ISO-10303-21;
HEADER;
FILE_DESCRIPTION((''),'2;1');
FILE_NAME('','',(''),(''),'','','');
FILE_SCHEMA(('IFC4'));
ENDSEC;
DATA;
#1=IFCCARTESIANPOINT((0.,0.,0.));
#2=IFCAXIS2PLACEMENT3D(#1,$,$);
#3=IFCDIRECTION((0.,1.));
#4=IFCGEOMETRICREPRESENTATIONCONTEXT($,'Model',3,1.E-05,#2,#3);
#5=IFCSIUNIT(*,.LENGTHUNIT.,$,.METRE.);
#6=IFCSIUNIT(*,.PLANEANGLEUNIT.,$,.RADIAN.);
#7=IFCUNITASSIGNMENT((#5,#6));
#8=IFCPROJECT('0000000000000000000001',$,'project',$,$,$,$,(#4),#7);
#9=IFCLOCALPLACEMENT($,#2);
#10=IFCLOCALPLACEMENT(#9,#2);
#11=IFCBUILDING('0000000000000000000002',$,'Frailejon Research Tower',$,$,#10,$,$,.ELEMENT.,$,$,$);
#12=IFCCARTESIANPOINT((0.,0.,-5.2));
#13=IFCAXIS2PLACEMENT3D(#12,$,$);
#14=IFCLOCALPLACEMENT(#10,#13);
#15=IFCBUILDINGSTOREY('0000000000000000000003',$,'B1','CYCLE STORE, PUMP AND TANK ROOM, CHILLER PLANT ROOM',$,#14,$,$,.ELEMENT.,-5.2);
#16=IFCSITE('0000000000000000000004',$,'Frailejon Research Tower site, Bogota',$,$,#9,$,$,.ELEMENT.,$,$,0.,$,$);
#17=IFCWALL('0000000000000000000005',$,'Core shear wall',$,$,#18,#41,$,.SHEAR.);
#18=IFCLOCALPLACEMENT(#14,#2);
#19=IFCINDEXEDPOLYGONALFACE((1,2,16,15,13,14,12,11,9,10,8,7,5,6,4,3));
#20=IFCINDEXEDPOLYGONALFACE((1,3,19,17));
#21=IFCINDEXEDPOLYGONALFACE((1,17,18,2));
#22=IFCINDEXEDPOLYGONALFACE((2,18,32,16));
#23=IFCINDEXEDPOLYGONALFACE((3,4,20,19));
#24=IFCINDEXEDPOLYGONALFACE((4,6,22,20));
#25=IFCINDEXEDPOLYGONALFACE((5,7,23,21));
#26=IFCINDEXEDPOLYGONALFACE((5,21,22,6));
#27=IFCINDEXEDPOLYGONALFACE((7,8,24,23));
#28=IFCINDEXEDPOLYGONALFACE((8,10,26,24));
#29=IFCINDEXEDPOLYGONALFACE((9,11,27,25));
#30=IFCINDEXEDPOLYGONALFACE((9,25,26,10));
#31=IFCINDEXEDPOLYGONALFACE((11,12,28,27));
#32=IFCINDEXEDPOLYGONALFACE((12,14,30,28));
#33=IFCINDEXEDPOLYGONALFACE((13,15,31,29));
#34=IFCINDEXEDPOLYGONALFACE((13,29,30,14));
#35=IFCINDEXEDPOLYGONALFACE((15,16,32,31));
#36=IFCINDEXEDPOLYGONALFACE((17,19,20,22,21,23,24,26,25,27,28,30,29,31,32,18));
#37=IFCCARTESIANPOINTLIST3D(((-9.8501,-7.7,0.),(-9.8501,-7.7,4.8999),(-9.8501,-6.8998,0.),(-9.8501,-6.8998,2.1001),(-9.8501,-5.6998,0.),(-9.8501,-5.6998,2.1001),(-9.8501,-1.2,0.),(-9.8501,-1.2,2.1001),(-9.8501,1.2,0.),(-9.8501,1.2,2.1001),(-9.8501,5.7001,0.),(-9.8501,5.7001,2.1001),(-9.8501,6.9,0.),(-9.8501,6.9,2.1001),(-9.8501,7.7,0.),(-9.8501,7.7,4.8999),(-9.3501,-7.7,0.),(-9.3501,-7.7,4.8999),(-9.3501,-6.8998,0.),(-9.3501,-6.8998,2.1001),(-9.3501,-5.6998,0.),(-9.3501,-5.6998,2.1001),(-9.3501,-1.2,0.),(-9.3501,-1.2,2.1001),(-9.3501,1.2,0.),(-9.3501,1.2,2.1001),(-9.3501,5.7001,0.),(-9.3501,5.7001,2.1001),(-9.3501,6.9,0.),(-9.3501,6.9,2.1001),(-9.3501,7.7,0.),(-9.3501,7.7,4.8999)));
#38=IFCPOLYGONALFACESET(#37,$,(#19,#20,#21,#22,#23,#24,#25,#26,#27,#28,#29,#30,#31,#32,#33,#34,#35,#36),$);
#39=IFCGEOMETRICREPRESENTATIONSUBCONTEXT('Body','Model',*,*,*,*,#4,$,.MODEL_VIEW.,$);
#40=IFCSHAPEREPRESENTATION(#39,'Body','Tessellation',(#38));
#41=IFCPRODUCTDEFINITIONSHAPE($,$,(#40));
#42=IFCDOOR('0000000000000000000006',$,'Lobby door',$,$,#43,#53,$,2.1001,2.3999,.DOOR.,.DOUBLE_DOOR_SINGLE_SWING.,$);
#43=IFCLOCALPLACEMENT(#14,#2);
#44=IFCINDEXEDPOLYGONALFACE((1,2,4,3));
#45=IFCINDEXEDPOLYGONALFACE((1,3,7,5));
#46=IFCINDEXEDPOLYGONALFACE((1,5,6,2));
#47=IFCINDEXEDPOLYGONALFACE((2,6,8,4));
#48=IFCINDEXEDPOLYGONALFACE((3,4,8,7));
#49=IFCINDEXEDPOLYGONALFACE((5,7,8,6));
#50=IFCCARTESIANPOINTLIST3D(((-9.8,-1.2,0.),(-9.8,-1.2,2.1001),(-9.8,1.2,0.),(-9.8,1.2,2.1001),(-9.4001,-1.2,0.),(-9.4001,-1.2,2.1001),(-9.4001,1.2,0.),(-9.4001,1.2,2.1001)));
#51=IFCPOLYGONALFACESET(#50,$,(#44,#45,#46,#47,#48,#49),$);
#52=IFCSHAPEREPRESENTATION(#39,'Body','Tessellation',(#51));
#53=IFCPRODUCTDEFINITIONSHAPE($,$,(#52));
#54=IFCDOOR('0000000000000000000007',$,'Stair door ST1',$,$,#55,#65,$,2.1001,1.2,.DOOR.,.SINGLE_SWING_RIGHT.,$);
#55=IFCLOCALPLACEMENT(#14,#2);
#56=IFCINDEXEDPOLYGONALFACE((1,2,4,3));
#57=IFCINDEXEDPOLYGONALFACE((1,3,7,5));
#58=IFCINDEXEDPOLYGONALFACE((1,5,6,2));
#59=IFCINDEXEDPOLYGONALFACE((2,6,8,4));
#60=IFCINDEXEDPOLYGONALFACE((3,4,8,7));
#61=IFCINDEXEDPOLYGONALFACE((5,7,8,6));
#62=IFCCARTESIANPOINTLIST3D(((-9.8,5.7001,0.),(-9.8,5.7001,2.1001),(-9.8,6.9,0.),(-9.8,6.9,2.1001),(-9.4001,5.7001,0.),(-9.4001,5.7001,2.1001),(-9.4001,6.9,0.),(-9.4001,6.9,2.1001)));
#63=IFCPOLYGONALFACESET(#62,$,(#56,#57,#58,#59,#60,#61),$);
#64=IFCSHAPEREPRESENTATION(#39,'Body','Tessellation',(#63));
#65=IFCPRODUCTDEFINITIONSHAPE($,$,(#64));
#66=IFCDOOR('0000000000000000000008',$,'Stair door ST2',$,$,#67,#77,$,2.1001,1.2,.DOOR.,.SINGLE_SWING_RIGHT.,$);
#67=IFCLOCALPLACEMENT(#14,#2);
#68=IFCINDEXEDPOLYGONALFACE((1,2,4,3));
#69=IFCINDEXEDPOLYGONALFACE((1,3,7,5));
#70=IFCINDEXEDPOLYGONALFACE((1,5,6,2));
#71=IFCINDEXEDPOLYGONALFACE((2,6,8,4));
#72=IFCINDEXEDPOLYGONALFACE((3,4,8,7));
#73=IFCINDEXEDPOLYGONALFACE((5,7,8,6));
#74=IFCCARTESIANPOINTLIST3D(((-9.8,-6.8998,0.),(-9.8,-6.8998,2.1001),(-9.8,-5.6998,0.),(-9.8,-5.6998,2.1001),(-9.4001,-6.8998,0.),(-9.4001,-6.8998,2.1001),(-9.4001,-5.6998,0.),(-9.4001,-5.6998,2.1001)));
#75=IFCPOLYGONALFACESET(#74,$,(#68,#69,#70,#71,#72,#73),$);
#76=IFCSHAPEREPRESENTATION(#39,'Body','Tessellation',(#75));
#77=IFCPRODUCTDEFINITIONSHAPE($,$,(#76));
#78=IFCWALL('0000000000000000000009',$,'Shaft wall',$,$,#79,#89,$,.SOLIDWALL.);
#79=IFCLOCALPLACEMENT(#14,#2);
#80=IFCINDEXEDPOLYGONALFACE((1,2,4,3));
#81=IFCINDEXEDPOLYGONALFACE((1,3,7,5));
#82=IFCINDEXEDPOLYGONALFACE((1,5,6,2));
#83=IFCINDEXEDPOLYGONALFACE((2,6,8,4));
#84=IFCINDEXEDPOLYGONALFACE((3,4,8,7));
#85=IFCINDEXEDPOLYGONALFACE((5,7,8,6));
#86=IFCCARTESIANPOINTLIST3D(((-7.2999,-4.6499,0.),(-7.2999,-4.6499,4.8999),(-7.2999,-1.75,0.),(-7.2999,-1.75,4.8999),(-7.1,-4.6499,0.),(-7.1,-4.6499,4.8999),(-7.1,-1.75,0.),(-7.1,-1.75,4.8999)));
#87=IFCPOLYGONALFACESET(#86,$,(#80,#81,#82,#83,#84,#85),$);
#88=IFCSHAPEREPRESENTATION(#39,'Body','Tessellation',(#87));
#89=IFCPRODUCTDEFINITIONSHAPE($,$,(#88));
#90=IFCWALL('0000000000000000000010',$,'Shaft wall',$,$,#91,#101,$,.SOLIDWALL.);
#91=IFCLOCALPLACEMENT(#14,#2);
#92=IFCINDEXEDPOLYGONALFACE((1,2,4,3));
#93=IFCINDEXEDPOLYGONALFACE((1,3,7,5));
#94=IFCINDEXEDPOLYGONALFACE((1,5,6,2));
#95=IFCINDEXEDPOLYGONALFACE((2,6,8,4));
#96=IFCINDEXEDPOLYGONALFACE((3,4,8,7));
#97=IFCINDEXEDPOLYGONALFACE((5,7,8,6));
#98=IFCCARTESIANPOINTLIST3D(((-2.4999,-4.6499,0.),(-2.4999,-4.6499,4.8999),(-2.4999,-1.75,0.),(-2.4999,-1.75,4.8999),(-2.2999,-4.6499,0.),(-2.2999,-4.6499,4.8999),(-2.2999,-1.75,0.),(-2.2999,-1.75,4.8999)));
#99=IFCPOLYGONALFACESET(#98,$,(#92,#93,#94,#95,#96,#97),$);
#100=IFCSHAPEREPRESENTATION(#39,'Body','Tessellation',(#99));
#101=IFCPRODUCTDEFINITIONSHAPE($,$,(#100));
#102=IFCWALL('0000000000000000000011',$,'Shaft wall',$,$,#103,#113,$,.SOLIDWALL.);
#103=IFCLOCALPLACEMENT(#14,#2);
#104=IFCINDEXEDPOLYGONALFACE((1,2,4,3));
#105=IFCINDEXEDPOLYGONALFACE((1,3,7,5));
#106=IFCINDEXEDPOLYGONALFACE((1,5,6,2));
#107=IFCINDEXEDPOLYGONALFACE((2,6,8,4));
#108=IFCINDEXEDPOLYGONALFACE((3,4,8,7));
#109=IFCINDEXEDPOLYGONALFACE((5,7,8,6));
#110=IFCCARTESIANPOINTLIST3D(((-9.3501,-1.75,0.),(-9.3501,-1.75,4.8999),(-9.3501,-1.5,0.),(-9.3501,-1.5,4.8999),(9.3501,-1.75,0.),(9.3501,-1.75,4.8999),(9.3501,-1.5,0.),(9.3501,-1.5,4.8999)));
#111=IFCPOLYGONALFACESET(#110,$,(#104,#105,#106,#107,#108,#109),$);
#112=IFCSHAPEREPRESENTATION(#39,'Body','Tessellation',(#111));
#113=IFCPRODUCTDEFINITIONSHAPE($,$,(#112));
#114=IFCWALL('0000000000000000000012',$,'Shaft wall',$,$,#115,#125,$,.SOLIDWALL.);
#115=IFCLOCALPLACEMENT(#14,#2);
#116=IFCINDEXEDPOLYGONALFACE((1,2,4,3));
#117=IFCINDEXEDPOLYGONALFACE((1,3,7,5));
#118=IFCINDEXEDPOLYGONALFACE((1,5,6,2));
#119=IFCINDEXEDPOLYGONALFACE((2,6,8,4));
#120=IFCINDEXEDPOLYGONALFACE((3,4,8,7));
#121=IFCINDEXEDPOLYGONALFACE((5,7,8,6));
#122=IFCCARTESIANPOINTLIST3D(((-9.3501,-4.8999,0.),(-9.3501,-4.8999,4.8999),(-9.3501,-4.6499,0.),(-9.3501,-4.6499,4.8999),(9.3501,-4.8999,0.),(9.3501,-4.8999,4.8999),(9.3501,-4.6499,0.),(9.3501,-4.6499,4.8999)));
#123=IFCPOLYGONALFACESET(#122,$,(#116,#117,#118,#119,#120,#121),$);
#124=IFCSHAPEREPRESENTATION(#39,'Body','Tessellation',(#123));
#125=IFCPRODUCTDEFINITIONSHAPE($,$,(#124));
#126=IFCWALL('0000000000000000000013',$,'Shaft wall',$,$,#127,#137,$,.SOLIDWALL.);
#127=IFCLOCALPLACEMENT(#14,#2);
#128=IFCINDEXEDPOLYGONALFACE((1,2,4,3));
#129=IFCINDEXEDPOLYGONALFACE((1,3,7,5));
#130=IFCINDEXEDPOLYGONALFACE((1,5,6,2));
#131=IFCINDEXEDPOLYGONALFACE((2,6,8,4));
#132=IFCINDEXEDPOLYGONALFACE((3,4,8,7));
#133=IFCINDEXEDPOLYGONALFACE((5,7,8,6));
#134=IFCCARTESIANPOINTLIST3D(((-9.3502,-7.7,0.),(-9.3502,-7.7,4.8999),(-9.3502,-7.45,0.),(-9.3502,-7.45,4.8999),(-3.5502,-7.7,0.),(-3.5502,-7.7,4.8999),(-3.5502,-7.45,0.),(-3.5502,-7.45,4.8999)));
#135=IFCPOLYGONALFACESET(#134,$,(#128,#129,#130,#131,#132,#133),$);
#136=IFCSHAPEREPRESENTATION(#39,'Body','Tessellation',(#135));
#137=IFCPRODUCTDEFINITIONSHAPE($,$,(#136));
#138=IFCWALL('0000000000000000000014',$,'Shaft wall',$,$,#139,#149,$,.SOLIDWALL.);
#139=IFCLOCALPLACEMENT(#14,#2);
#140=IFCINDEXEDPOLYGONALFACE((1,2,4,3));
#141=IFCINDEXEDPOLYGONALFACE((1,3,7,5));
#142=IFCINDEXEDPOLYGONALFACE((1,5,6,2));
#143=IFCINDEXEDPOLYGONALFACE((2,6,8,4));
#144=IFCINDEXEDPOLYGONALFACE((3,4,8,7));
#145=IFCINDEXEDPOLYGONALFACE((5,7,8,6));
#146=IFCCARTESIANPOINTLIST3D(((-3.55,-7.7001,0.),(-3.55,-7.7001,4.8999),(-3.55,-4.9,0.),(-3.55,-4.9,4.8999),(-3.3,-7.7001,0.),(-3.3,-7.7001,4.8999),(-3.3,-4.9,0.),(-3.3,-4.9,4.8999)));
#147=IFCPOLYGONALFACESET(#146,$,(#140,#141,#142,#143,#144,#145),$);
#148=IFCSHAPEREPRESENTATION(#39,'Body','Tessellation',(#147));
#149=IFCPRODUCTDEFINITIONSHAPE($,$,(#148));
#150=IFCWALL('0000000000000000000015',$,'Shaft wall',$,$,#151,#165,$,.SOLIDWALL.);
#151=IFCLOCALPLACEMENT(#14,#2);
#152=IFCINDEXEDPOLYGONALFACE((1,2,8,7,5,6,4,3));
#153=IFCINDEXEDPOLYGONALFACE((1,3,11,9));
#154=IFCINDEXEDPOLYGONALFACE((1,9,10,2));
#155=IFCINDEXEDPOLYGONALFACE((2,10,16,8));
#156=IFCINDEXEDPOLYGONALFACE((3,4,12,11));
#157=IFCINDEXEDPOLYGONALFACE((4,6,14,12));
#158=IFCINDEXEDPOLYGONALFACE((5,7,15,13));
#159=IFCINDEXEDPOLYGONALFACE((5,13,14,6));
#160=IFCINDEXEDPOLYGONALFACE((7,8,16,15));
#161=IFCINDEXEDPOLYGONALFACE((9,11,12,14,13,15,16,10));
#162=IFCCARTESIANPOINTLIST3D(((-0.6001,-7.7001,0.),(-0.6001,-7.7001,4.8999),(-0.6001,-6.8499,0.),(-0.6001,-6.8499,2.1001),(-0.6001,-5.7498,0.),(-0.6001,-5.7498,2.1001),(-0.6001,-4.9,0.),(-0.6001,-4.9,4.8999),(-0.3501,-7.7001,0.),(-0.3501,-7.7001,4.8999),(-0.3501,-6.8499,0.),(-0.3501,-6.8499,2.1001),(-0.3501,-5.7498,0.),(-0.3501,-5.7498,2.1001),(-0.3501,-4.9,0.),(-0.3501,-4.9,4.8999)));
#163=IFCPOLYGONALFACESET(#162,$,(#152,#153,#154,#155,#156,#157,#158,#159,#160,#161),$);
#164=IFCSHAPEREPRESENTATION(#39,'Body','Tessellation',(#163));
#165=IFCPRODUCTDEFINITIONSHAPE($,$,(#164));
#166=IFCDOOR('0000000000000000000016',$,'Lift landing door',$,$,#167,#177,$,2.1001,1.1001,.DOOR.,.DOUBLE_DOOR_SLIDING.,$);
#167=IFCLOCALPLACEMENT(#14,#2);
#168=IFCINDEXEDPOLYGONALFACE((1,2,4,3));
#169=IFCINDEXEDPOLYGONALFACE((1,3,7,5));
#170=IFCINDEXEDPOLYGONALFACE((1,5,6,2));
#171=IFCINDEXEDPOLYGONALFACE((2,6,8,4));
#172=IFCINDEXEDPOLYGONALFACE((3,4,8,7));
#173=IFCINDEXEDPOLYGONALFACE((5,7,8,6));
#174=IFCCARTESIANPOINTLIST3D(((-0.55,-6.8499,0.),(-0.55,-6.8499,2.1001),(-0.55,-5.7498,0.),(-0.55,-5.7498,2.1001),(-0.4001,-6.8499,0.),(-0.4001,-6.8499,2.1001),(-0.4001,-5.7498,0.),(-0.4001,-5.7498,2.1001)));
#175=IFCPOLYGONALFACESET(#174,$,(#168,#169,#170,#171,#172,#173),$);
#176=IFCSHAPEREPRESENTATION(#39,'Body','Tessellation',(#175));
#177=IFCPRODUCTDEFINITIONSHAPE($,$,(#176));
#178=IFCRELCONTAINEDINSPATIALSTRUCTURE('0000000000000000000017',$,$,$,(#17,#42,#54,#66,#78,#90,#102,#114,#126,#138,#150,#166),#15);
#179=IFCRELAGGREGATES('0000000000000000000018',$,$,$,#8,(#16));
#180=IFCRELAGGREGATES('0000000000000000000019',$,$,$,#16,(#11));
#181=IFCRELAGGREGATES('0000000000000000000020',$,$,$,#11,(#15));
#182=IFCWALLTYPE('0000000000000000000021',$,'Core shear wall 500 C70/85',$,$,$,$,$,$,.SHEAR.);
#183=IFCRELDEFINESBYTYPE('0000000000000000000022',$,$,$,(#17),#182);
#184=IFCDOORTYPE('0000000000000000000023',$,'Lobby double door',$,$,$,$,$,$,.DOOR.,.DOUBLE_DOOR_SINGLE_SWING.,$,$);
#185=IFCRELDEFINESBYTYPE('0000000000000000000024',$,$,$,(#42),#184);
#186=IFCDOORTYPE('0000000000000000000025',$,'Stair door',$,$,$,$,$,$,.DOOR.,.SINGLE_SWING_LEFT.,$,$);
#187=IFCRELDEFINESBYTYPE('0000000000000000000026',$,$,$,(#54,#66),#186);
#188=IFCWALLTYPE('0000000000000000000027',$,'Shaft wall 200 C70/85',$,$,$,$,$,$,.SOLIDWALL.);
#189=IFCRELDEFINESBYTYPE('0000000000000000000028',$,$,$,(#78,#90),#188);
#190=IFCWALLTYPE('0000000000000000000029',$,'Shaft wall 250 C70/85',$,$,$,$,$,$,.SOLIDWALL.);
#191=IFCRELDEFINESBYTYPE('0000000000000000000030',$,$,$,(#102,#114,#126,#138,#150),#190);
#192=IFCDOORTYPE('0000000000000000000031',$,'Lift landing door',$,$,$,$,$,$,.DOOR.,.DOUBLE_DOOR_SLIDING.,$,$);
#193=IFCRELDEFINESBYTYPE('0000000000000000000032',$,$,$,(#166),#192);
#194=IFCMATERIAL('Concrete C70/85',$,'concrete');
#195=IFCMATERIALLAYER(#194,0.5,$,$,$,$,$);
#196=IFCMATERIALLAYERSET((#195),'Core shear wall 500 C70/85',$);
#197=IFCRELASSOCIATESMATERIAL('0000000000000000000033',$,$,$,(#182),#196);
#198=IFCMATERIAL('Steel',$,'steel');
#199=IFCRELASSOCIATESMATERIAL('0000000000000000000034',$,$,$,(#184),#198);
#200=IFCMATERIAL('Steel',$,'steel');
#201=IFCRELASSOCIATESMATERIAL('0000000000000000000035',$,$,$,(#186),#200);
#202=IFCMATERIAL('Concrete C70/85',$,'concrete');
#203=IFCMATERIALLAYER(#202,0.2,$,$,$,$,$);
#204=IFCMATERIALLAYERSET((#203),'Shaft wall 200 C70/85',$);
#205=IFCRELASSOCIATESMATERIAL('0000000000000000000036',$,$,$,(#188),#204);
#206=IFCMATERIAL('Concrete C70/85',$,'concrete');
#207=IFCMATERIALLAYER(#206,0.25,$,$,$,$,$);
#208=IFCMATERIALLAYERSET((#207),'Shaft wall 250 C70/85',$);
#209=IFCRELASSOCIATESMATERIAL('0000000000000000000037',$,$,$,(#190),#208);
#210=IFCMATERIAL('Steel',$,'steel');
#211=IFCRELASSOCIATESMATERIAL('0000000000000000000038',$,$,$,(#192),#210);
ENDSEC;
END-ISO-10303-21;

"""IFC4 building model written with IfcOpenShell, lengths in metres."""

from ifc_helpers import new_model, si_unit, direction, frame, frame_2d, origin, place, context, subcontext, project, spatial, rectangle, extrude, material, layer, layer_set, type_object, element, fill, save


model = new_model("IFC4")

# Units and contexts
model_context = context("Model", 3, precision=1e-05, world=origin(), true_north=direction((0.0, 1.0)))
body_context = subcontext(model_context, "Body", "Model", "MODEL_VIEW")
ifc_project = project(units=[si_unit("LENGTHUNIT", "METRE"), si_unit("PLANEANGLEUNIT", "RADIAN")], contexts=[model_context])

# Site, building, storey
site_placement = place(None, origin())
site = spatial("IfcSite", under=ifc_project, at=site_placement, Name="Frailejon Research Tower site, Bogota", CompositionType="ELEMENT", RefElevation=0.0)
building_placement = place(site_placement, origin())
building = spatial("IfcBuilding", under=site, at=building_placement, Name="Frailejon Research Tower", CompositionType="ELEMENT")
storey_placement = place(building_placement, frame((0.0, 0.0, -5.2)))
storey = spatial("IfcBuildingStorey", under=building, at=storey_placement, Name="B1", Description="CYCLE STORE, PUMP AND TANK ROOM, CHILLER PLANT ROOM", CompositionType="ELEMENT", Elevation=-5.2)

# Wall, openings, doors
ifc_material_1 = material(Name="Concrete C70/85", Category="concrete")
ifc_layer_1 = layer(ifc_material_1, 0.5)
ifc_layer_set_1 = layer_set([ifc_layer_1], Name="Core shear wall 500 C70/85")
wall_type_1 = type_object("IfcWallType", Name="Core shear wall 500 C70/85", PredefinedType="SHEAR", material=ifc_layer_set_1)
wall_1_placement = place(storey_placement, frame((-9.6001, -7.7, 0.0), z_axis=(0.0, 0.0, 1.0), x_axis=(0.0, 1.0, 0.0)))
wall_1 = element("IfcWall", 1, at=wall_1_placement, inside=storey, type_object=wall_type_1, Name="Core shear wall", PredefinedType="SHEAR", context=body_context, shape_type="SweptSolid", body=[
    extrude(rectangle(XDim=15.3999, YDim=0.5, at=frame_2d((7.7, 0.0))), origin(), (0.0, 0.0, 1.0), 4.8999),
])
opening_1_placement = place(wall_1_placement, frame((6.5, 0.0, 0.0)))
opening_1 = element("IfcOpeningElement", 2, at=opening_1_placement, cuts=wall_1, PredefinedType="OPENING", context=body_context, shape_type="SweptSolid", body=[
    extrude(rectangle(XDim=2.3999, YDim=2.1001, at=frame_2d((1.2, 1.05))), frame((0.0, 0.26, 0.0), z_axis=(0.0, -1.0, 0.0), x_axis=(1.0, 0.0, 0.0)), (0.0, 0.0, 1.0), 0.52),
])
opening_2_placement = place(wall_1_placement, frame((13.3999, 0.0, 0.0)))
opening_2 = element("IfcOpeningElement", 3, at=opening_2_placement, cuts=wall_1, PredefinedType="OPENING", context=body_context, shape_type="SweptSolid", body=[
    extrude(rectangle(XDim=1.2, YDim=2.1001, at=frame_2d((0.6001, 1.05))), frame((0.0, 0.26, 0.0), z_axis=(0.0, -1.0, 0.0), x_axis=(1.0, 0.0, 0.0)), (0.0, 0.0, 1.0), 0.52),
])
opening_3_placement = place(wall_1_placement, frame((0.8, 0.0, 0.0)))
opening_3 = element("IfcOpeningElement", 4, at=opening_3_placement, cuts=wall_1, PredefinedType="OPENING", context=body_context, shape_type="SweptSolid", body=[
    extrude(rectangle(XDim=1.2, YDim=2.1001, at=frame_2d((0.6001, 1.05))), frame((0.0, 0.26, 0.0), z_axis=(0.0, -1.0, 0.0), x_axis=(1.0, 0.0, 0.0)), (0.0, 0.0, 1.0), 0.52),
])
ifc_material_2 = material(Name="Steel", Category="steel")
door_type_1 = type_object("IfcDoorType", Name="Lobby double door", OperationType="DOUBLE_DOOR_SINGLE_SWING", PredefinedType="DOOR", material=ifc_material_2)
door_1_placement = place(opening_1_placement, origin())
door_1 = element("IfcDoor", 5, at=door_1_placement, inside=storey, type_object=door_type_1, Name="Lobby door", OperationType="DOUBLE_DOOR_SINGLE_SWING", OverallHeight=2.1001, OverallWidth=2.3999, PredefinedType="DOOR", context=body_context, shape_type="SweptSolid", body=[
    extrude(rectangle(XDim=2.3999, YDim=2.1001, at=frame_2d((1.2, 1.05))), frame((0.0, 0.2, 0.0), z_axis=(0.0, -1.0, 0.0), x_axis=(1.0, 0.0, 0.0)), (0.0, 0.0, 1.0), 0.3999),
])
fill(opening_1, door_1)
ifc_material_3 = material(Name="Steel", Category="steel")
door_type_2 = type_object("IfcDoorType", Name="Stair door", OperationType="SINGLE_SWING_LEFT", PredefinedType="DOOR", material=ifc_material_3)
door_2_placement = place(opening_2_placement, origin())
door_2 = element("IfcDoor", 6, at=door_2_placement, inside=storey, type_object=door_type_2, Name="Stair door ST1", OperationType="SINGLE_SWING_RIGHT", OverallHeight=2.1001, OverallWidth=1.2, PredefinedType="DOOR", context=body_context, shape_type="SweptSolid", body=[
    extrude(rectangle(XDim=1.2, YDim=2.1001, at=frame_2d((0.6001, 1.05))), frame((0.0, 0.2, 0.0), z_axis=(0.0, -1.0, 0.0), x_axis=(1.0, 0.0, 0.0)), (0.0, 0.0, 1.0), 0.3999),
])
fill(opening_2, door_2)
door_3_placement = place(opening_3_placement, origin())
door_3 = element("IfcDoor", 7, at=door_3_placement, inside=storey, type_object=door_type_2, Name="Stair door ST2", OperationType="SINGLE_SWING_RIGHT", OverallHeight=2.1001, OverallWidth=1.2, PredefinedType="DOOR", context=body_context, shape_type="SweptSolid", body=[
    extrude(rectangle(XDim=1.2, YDim=2.1001, at=frame_2d((0.6001, 1.05))), frame((0.0, 0.2, 0.0), z_axis=(0.0, -1.0, 0.0), x_axis=(1.0, 0.0, 0.0)), (0.0, 0.0, 1.0), 0.3999),
])
fill(opening_3, door_3)

# Walls
ifc_material_4 = material(Name="Concrete C70/85", Category="concrete")
ifc_layer_2 = layer(ifc_material_4, 0.2)
ifc_layer_set_2 = layer_set([ifc_layer_2], Name="Shaft wall 200 C70/85")
wall_type_2 = type_object("IfcWallType", Name="Shaft wall 200 C70/85", PredefinedType="SOLIDWALL", material=ifc_layer_set_2)
for number, where, z_axis, x_axis, name in (
    (8, (-7.2, -4.6499, 0.0), (0.0, 0.0, 1.0), (0.0, 1.0, 0.0), "Shaft wall"),
    (9, (-2.3999, -4.6499, 0.0), (0.0, 0.0, 1.0), (0.0, 1.0, 0.0), "Shaft wall"),
):
    element("IfcWall", number, at=place(storey_placement, frame(where, z_axis=z_axis, x_axis=x_axis)), inside=storey, type_object=wall_type_2, Name=name, PredefinedType="SOLIDWALL", context=body_context, shape_type="SweptSolid", body=[
        extrude(rectangle(XDim=2.8999, YDim=0.2, at=frame_2d((1.45, 0.0))), origin(), (0.0, 0.0, 1.0), 4.8999),
    ])
ifc_material_5 = material(Name="Concrete C70/85", Category="concrete")
ifc_layer_3 = layer(ifc_material_5, 0.25)
ifc_layer_set_3 = layer_set([ifc_layer_3], Name="Shaft wall 250 C70/85")
wall_type_3 = type_object("IfcWallType", Name="Shaft wall 250 C70/85", PredefinedType="SOLIDWALL", material=ifc_layer_set_3)
for number, where, z_axis, x_axis, name in (
    (10, (-9.3501, -1.625, 0.0), (0.0, 0.0, 1.0), (1.0, 0.0, 0.0), "Shaft wall"),
    (11, (-9.3501, -4.7749, 0.0), (0.0, 0.0, 1.0), (1.0, 0.0, 0.0), "Shaft wall"),
):
    element("IfcWall", number, at=place(storey_placement, frame(where, z_axis=z_axis, x_axis=x_axis)), inside=storey, type_object=wall_type_3, Name=name, PredefinedType="SOLIDWALL", context=body_context, shape_type="SweptSolid", body=[
        extrude(rectangle(XDim=18.7002, YDim=0.25, at=frame_2d((9.3501, 0.0))), origin(), (0.0, 0.0, 1.0), 4.8999),
    ])
wall_2_placement = place(storey_placement, frame((-9.3501, -7.575, 0.0), z_axis=(0.0, 0.0, 1.0), x_axis=(1.0, 0.0, 0.0)))
element("IfcWall", 12, at=wall_2_placement, inside=storey, type_object=wall_type_3, Name="Shaft wall", PredefinedType="SOLIDWALL", context=body_context, shape_type="SweptSolid", body=[
    extrude(rectangle(XDim=5.8, YDim=0.25, at=frame_2d((2.8999, 0.0))), origin(), (0.0, 0.0, 1.0), 4.8999),
])
wall_3_placement = place(storey_placement, frame((-3.425, -7.7, 0.0), z_axis=(0.0, 0.0, 1.0), x_axis=(0.0, 1.0, 0.0)))
element("IfcWall", 13, at=wall_3_placement, inside=storey, type_object=wall_type_3, Name="Shaft wall", PredefinedType="SOLIDWALL", context=body_context, shape_type="SweptSolid", body=[
    extrude(rectangle(XDim=2.8, YDim=0.25, at=frame_2d((1.3999, 0.0))), origin(), (0.0, 0.0, 1.0), 4.8999),
])

# Wall, opening, door
wall_4_placement = place(storey_placement, frame((-0.4751, -7.7, 0.0), z_axis=(0.0, 0.0, 1.0), x_axis=(0.0, 1.0, 0.0)))
wall_4 = element("IfcWall", 14, at=wall_4_placement, inside=storey, type_object=wall_type_3, Name="Shaft wall", PredefinedType="SOLIDWALL", context=body_context, shape_type="SweptSolid", body=[
    extrude(rectangle(XDim=2.8, YDim=0.25, at=frame_2d((1.3999, 0.0))), origin(), (0.0, 0.0, 1.0), 4.8999),
])
opening_4_placement = place(wall_4_placement, frame((0.8501, 0.0, 0.0)))
opening_4 = element("IfcOpeningElement", 15, at=opening_4_placement, cuts=wall_4, PredefinedType="OPENING", context=body_context, shape_type="SweptSolid", body=[
    extrude(rectangle(XDim=1.1001, YDim=2.1001, at=frame_2d((0.55, 1.05))), frame((0.0, 0.135, 0.0), z_axis=(0.0, -1.0, 0.0), x_axis=(1.0, 0.0, 0.0)), (0.0, 0.0, 1.0), 0.27),
])
ifc_material_6 = material(Name="Steel", Category="steel")
door_type_3 = type_object("IfcDoorType", Name="Lift landing door", OperationType="DOUBLE_DOOR_SLIDING", PredefinedType="DOOR", material=ifc_material_6)
door_4_placement = place(opening_4_placement, origin())
door_4 = element("IfcDoor", 16, at=door_4_placement, inside=storey, type_object=door_type_3, Name="Lift landing door", OperationType="DOUBLE_DOOR_SLIDING", OverallHeight=2.1001, OverallWidth=1.1001, PredefinedType="DOOR", context=body_context, shape_type="SweptSolid", body=[
    extrude(rectangle(XDim=1.1001, YDim=2.1001, at=frame_2d((0.55, 1.05))), frame((0.0, 0.075, 0.0), z_axis=(0.0, -1.0, 0.0), x_axis=(1.0, 0.0, 0.0)), (0.0, 0.0, 1.0), 0.1499),
])
fill(opening_4, door_4)

save(model, "model.ifc")
